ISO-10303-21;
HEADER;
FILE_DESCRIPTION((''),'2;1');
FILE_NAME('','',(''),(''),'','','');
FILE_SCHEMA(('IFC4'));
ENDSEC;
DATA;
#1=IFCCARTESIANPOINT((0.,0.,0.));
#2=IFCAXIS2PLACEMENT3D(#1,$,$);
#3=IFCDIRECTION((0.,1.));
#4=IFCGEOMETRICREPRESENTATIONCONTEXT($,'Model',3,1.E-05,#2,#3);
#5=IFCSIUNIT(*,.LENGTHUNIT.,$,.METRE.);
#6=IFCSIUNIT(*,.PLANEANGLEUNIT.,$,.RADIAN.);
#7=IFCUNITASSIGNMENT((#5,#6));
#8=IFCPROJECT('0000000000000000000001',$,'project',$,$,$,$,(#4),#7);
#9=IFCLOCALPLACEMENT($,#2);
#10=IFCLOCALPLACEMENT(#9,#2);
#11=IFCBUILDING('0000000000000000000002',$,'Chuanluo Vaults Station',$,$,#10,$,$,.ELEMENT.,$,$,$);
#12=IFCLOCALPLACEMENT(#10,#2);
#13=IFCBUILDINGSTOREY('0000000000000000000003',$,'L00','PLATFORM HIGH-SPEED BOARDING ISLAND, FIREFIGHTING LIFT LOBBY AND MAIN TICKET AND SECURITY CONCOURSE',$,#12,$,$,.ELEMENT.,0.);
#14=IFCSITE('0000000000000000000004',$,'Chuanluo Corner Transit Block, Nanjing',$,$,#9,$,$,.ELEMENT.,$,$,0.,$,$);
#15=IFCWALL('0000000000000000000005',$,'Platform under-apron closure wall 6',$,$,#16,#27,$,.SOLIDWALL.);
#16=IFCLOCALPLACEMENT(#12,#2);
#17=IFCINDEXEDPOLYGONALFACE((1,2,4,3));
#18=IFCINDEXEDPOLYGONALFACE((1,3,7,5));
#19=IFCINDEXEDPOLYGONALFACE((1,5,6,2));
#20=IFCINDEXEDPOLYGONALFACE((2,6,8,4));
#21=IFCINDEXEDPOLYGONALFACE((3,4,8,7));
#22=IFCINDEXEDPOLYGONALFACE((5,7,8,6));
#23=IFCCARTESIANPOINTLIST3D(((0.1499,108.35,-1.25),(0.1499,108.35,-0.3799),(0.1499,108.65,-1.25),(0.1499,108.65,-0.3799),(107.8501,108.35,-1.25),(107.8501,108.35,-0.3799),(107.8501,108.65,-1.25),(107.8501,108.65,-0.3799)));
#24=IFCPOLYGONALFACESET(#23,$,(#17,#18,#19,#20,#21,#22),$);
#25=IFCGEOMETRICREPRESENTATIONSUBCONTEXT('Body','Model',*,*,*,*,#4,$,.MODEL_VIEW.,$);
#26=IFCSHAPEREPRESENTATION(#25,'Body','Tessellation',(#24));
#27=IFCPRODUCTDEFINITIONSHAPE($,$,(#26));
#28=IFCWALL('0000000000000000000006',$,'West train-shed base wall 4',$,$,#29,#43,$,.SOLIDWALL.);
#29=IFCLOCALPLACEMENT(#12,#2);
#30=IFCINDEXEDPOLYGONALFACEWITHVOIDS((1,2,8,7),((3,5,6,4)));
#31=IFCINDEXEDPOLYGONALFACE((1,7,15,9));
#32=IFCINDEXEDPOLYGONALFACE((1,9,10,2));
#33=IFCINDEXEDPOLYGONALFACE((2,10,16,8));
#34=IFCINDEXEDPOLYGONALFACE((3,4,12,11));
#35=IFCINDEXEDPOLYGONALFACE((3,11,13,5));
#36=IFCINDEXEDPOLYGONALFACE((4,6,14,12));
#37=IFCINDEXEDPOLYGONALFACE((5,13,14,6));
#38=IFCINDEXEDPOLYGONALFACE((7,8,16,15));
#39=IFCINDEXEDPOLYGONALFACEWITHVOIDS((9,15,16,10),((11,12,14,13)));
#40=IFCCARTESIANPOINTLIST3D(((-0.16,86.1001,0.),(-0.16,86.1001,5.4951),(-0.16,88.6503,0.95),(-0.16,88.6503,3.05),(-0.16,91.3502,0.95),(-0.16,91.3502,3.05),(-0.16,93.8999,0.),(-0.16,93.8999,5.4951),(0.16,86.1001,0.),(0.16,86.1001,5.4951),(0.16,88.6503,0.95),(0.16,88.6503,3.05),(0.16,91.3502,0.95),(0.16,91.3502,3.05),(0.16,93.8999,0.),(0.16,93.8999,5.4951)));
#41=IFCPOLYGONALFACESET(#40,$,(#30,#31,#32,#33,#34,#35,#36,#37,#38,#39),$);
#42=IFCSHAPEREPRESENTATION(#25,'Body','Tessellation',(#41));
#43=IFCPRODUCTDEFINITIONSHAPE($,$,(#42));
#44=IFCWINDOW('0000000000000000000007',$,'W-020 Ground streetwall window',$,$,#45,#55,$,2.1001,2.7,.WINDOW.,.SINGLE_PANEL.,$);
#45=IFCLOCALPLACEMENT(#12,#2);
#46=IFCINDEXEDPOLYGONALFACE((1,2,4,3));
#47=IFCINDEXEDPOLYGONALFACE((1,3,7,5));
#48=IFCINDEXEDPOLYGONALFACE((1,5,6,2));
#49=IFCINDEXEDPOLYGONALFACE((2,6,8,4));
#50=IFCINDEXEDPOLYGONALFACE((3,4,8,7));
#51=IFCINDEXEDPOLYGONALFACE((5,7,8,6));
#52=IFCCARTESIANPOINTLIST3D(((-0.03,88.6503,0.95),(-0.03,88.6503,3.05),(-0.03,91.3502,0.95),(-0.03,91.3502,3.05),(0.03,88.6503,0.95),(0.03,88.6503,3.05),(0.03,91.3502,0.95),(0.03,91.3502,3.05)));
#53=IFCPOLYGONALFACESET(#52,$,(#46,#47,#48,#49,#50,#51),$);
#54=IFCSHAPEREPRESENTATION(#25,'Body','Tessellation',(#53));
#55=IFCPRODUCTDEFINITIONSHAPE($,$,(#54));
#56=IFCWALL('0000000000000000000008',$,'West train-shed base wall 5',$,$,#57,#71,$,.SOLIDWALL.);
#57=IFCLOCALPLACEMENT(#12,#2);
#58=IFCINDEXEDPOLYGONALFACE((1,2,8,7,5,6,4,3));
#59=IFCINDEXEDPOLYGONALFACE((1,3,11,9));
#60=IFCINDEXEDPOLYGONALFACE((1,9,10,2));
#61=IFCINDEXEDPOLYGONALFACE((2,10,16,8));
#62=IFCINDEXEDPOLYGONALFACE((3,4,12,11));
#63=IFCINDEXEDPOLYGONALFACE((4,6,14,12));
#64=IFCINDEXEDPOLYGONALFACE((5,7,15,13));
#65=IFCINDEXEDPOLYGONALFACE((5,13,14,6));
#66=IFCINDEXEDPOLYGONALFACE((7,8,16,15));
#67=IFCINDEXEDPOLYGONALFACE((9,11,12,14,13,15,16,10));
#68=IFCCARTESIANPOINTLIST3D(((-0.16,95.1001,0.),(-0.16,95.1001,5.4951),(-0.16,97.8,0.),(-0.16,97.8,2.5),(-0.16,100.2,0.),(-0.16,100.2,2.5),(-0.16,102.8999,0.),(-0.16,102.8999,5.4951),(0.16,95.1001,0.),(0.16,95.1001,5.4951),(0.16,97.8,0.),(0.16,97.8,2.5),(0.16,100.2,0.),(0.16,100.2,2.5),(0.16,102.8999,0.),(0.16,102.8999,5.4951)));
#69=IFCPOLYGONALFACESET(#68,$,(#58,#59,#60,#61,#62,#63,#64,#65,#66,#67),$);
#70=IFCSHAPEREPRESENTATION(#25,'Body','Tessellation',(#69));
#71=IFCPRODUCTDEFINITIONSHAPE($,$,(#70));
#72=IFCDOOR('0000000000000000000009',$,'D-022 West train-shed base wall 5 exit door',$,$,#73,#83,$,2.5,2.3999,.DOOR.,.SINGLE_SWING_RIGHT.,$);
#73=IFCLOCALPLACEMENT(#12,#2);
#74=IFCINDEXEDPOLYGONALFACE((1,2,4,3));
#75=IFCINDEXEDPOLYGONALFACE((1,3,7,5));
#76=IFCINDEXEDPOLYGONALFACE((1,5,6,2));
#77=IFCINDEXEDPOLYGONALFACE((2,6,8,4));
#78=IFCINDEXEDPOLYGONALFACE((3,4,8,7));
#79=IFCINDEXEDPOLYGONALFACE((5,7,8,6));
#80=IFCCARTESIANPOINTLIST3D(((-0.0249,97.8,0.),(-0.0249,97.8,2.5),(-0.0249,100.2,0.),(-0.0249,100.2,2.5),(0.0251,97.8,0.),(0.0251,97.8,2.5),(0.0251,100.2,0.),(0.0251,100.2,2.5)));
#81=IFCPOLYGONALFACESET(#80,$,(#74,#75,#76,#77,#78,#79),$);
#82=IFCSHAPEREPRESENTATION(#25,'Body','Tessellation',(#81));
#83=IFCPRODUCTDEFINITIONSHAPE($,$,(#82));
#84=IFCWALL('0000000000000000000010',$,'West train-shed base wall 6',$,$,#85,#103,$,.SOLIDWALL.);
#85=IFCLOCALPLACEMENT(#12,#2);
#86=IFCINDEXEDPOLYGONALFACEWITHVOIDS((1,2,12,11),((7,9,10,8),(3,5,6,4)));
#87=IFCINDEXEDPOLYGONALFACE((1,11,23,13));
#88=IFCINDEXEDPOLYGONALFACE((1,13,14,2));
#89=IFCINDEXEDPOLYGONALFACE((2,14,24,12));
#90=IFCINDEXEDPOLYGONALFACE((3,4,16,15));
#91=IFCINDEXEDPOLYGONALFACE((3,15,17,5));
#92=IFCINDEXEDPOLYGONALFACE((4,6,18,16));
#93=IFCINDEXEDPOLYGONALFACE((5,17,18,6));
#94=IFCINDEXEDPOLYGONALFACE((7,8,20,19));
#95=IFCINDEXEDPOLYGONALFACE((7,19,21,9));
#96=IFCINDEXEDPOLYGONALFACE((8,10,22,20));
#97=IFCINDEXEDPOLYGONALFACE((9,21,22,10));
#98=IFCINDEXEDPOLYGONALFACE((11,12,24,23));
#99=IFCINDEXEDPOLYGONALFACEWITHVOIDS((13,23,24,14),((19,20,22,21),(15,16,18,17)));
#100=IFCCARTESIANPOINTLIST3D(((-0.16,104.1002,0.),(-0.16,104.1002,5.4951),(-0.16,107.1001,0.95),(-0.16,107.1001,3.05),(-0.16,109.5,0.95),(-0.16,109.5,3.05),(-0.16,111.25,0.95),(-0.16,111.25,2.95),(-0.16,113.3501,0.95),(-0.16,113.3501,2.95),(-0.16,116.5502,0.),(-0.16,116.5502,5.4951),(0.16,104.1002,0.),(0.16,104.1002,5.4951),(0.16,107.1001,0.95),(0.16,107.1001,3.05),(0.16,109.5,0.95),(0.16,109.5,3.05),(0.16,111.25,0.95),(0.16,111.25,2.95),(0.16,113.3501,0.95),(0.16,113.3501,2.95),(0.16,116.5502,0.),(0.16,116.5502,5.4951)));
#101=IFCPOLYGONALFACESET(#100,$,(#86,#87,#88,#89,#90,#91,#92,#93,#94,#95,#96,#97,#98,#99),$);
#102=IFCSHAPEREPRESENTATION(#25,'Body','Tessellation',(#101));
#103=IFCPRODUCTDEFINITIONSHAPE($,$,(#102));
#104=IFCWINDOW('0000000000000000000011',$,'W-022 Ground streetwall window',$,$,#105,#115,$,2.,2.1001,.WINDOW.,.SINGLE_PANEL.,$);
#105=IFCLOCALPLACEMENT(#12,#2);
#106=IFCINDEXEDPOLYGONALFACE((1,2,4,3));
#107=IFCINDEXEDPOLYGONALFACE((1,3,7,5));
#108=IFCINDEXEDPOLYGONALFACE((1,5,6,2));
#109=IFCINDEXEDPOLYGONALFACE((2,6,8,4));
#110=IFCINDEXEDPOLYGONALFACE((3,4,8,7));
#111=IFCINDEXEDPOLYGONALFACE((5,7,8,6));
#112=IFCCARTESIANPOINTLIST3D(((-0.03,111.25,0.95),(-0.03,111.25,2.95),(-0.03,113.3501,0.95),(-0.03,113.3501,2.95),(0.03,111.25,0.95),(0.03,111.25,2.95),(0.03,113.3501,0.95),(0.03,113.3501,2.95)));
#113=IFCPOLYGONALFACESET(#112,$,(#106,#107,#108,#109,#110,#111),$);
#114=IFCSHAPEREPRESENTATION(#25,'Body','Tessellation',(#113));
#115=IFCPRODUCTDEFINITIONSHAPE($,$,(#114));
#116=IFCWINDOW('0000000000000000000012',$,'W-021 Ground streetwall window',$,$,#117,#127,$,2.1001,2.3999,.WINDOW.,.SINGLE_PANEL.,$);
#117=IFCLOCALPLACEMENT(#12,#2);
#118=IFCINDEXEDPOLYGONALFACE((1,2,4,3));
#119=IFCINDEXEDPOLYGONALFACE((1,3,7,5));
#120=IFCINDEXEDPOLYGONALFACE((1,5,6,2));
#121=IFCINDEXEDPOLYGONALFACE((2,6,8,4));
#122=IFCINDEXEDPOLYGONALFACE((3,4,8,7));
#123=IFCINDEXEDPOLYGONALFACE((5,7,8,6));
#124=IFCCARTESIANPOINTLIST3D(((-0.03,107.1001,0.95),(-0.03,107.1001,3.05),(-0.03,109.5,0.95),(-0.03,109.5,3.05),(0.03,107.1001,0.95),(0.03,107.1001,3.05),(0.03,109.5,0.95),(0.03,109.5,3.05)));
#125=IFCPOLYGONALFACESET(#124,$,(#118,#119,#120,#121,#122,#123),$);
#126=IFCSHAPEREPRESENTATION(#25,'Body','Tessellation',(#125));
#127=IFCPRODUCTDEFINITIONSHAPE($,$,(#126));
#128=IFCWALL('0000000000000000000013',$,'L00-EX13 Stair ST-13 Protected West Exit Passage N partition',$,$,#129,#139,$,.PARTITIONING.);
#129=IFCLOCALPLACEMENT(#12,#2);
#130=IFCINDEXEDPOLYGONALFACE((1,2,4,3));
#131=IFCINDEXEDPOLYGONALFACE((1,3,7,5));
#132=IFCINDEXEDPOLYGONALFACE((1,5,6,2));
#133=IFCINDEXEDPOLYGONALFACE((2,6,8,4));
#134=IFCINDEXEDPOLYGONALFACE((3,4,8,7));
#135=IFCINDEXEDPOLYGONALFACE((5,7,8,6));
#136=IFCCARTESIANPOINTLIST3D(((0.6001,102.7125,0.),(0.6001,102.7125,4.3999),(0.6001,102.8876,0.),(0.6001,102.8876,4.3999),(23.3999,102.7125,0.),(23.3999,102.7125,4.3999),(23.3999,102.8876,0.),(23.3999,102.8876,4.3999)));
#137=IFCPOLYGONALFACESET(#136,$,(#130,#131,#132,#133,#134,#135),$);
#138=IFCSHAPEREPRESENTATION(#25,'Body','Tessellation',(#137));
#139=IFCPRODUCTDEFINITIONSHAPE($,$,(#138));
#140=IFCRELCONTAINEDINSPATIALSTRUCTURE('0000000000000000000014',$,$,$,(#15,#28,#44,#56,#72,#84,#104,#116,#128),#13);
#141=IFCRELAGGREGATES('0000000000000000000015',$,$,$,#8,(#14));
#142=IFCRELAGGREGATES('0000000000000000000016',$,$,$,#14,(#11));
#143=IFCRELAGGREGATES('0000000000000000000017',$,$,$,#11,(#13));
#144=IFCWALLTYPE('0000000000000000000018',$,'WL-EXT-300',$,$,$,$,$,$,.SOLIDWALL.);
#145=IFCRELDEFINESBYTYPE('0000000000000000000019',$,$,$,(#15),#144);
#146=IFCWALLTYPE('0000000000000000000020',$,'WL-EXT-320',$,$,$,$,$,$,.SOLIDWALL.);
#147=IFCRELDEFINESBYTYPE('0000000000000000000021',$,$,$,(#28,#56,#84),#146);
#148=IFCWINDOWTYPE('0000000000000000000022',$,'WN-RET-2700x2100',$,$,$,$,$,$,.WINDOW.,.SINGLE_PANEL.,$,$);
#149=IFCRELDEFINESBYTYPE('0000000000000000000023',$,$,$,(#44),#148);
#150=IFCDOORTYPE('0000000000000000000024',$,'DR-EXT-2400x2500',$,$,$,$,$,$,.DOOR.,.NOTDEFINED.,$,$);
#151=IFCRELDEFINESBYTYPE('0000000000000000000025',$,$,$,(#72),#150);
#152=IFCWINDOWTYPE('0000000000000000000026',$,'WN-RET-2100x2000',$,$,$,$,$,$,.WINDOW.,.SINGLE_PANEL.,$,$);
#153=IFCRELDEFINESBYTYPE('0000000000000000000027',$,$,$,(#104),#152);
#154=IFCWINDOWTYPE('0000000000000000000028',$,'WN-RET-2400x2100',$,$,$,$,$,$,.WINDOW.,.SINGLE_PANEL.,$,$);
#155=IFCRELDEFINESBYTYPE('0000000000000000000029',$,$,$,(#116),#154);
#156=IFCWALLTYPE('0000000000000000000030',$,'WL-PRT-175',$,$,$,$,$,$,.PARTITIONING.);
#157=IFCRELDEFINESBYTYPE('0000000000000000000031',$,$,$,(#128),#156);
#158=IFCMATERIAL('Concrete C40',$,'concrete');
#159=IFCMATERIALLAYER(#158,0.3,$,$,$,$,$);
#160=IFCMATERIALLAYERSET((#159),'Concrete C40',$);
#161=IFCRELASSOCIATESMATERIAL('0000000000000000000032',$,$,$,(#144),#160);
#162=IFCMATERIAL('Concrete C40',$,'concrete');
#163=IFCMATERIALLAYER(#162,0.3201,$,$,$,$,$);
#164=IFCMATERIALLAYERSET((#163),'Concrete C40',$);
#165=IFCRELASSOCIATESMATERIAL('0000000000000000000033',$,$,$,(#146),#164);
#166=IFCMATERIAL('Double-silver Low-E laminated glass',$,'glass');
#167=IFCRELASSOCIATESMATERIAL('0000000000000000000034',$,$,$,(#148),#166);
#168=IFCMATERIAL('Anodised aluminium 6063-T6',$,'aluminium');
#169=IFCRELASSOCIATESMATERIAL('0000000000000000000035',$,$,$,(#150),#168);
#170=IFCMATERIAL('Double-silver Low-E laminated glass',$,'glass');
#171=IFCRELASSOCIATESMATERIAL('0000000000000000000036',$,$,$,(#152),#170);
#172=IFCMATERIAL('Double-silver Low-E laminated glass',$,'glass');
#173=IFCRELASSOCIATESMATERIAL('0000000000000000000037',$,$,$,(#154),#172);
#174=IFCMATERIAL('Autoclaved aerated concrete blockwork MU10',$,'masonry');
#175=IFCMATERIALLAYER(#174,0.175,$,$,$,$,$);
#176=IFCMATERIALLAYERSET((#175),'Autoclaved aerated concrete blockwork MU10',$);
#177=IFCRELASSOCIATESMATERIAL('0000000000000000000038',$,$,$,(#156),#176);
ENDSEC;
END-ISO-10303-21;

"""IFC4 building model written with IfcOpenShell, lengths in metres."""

from ifc_helpers import new_model, si_unit, direction, frame, frame_2d, origin, place, context, subcontext, project, spatial, rectangle, extrude, material, layer, layer_set, type_object, element, fill, save


model = new_model("IFC4")

# Units and contexts
model_context = context("Model", 3, precision=1e-05, world=origin(), true_north=direction((0.0, 1.0)))
body_context = subcontext(model_context, "Body", "Model", "MODEL_VIEW")
ifc_project = project(units=[si_unit("LENGTHUNIT", "METRE"), si_unit("PLANEANGLEUNIT", "RADIAN")], contexts=[model_context])

# Site, building, storey
site_placement = place(None, origin())
site = spatial("IfcSite", under=ifc_project, at=site_placement, Name="Chuanluo Corner Transit Block, Nanjing", CompositionType="ELEMENT", RefElevation=0.0)
building_placement = place(site_placement, origin())
building = spatial("IfcBuilding", under=site, at=building_placement, Name="Chuanluo Vaults Station", CompositionType="ELEMENT")
storey_placement = place(building_placement, origin())
storey = spatial("IfcBuildingStorey", under=building, at=storey_placement, Name="L00", Description="PLATFORM HIGH-SPEED BOARDING ISLAND, FIREFIGHTING LIFT LOBBY AND MAIN TICKET AND SECURITY CONCOURSE", CompositionType="ELEMENT", Elevation=0.0)

# Wall
ifc_material_1 = material(Name="Concrete C40", Category="concrete")
ifc_layer_1 = layer(ifc_material_1, 0.3)
ifc_layer_set_1 = layer_set([ifc_layer_1], Name="Concrete C40")
wall_type_1 = type_object("IfcWallType", Name="WL-EXT-300", PredefinedType="SOLIDWALL", material=ifc_layer_set_1)
for number, where, z_axis, x_axis, name in (
    (1, (0.1499, 108.5, -1.25), (0.0, 0.0, 1.0), (1.0, 0.0, 0.0), "Platform under-apron closure wall 6"),
):
    element("IfcWall", number, at=place(storey_placement, frame(where, z_axis=z_axis, x_axis=x_axis)), inside=storey, type_object=wall_type_1, Name=name, PredefinedType="SOLIDWALL", context=body_context, shape_type="SweptSolid", body=[
        extrude(rectangle(XDim=107.7002, YDim=0.3, at=frame_2d((53.8501, 0.0))), origin(), (0.0, 0.0, 1.0), 0.8701),
    ])

# Wall, opening, window
ifc_material_2 = material(Name="Concrete C40", Category="concrete")
ifc_layer_2 = layer(ifc_material_2, 0.3201)
ifc_layer_set_2 = layer_set([ifc_layer_2], Name="Concrete C40")
wall_type_2 = type_object("IfcWallType", Name="WL-EXT-320", PredefinedType="SOLIDWALL", material=ifc_layer_set_2)
wall_1_placement = place(storey_placement, frame((0.0, 86.1001, 0.0), z_axis=(0.0, 0.0, 1.0), x_axis=(0.0, 1.0, 0.0)))
wall_1 = element("IfcWall", 2, at=wall_1_placement, inside=storey, type_object=wall_type_2, Name="West train-shed base wall 4", PredefinedType="SOLIDWALL", context=body_context, shape_type="SweptSolid", body=[
    extrude(rectangle(XDim=7.7998, YDim=0.3201, at=frame_2d((3.8999, 0.0))), origin(), (0.0, 0.0, 1.0), 5.4951),
])
opening_1_placement = place(wall_1_placement, frame((2.55, 0.0, 0.95)))
opening_1 = element("IfcOpeningElement", 3, at=opening_1_placement, cuts=wall_1, PredefinedType="OPENING", context=body_context, shape_type="SweptSolid", body=[
    extrude(rectangle(XDim=2.7, YDim=2.1001, at=frame_2d((1.3501, 1.05))), frame((0.0, 0.1702, 0.0), z_axis=(0.0, -1.0, 0.0), x_axis=(1.0, 0.0, 0.0)), (0.0, 0.0, 1.0), 0.3401),
])
ifc_material_3 = material(Name="Double-silver Low-E laminated glass", Category="glass")
window_type_1 = type_object("IfcWindowType", Name="WN-RET-2700x2100", PartitioningType="SINGLE_PANEL", PredefinedType="WINDOW", material=ifc_material_3)
window_1_placement = place(opening_1_placement, origin())
window_1 = element("IfcWindow", 4, at=window_1_placement, inside=storey, type_object=window_type_1, Name="W-020 Ground streetwall window", OverallHeight=2.1001, OverallWidth=2.7, PartitioningType="SINGLE_PANEL", PredefinedType="WINDOW", context=body_context, shape_type="SweptSolid", body=[
    extrude(rectangle(XDim=2.7, YDim=2.1001, at=frame_2d((1.3501, 1.05))), frame((0.0, 0.03, 0.0), z_axis=(0.0, -1.0, 0.0), x_axis=(1.0, 0.0, 0.0)), (0.0, 0.0, 1.0), 0.0601),
])
fill(opening_1, window_1)

# Wall, opening, door
wall_2_placement = place(storey_placement, frame((0.0, 95.1001, 0.0), z_axis=(0.0, 0.0, 1.0), x_axis=(0.0, 1.0, 0.0)))
wall_2 = element("IfcWall", 5, at=wall_2_placement, inside=storey, type_object=wall_type_2, Name="West train-shed base wall 5", PredefinedType="SOLIDWALL", context=body_context, shape_type="SweptSolid", body=[
    extrude(rectangle(XDim=7.7998, YDim=0.3201, at=frame_2d((3.8999, 0.0))), origin(), (0.0, 0.0, 1.0), 5.4951),
])
opening_2_placement = place(wall_2_placement, frame((2.7, 0.0, 0.0)))
opening_2 = element("IfcOpeningElement", 6, at=opening_2_placement, cuts=wall_2, PredefinedType="OPENING", context=body_context, shape_type="SweptSolid", body=[
    extrude(rectangle(XDim=2.3999, YDim=2.5, at=frame_2d((1.2, 1.25))), frame((0.0, 0.1702, 0.0), z_axis=(0.0, -1.0, 0.0), x_axis=(1.0, 0.0, 0.0)), (0.0, 0.0, 1.0), 0.3401),
])
ifc_material_4 = material(Name="Anodised aluminium 6063-T6", Category="aluminium")
door_type = type_object("IfcDoorType", Name="DR-EXT-2400x2500", OperationType="NOTDEFINED", PredefinedType="DOOR", material=ifc_material_4)
door_placement = place(opening_2_placement, origin())
door = element("IfcDoor", 7, at=door_placement, inside=storey, type_object=door_type, Name="D-022 West train-shed base wall 5 exit door", OperationType="SINGLE_SWING_RIGHT", OverallHeight=2.5, OverallWidth=2.3999, PredefinedType="DOOR", context=body_context, shape_type="SweptSolid", body=[
    extrude(rectangle(XDim=2.3999, YDim=2.5, at=frame_2d((1.2, 1.25))), frame((0.0, 0.0249, 0.0), z_axis=(0.0, -1.0, 0.0), x_axis=(1.0, 0.0, 0.0)), (0.0, 0.0, 1.0), 0.05),
])
fill(opening_2, door)

# Wall, openings, windows
wall_3_placement = place(storey_placement, frame((0.0, 104.1001, 0.0), z_axis=(0.0, 0.0, 1.0), x_axis=(0.0, 1.0, 0.0)))
wall_3 = element("IfcWall", 8, at=wall_3_placement, inside=storey, type_object=wall_type_2, Name="West train-shed base wall 6", PredefinedType="SOLIDWALL", context=body_context, shape_type="SweptSolid", body=[
    extrude(rectangle(XDim=12.45, YDim=0.3201, at=frame_2d((6.2251, 0.0))), origin(), (0.0, 0.0, 1.0), 5.4951),
])
opening_3_placement = place(wall_3_placement, frame((3.0, 0.0, 0.95)))
opening_3 = element("IfcOpeningElement", 9, at=opening_3_placement, cuts=wall_3, PredefinedType="OPENING", context=body_context, shape_type="SweptSolid", body=[
    extrude(rectangle(XDim=2.3999, YDim=2.1001, at=frame_2d((1.2, 1.05))), frame((0.0, 0.1702, 0.0), z_axis=(0.0, -1.0, 0.0), x_axis=(1.0, 0.0, 0.0)), (0.0, 0.0, 1.0), 0.3401),
])
opening_4_placement = place(wall_3_placement, frame((7.1499, 0.0, 0.95)))
opening_4 = element("IfcOpeningElement", 10, at=opening_4_placement, cuts=wall_3, PredefinedType="OPENING", context=body_context, shape_type="SweptSolid", body=[
    extrude(rectangle(XDim=2.1001, YDim=2.0, at=frame_2d((1.05, 1.0))), frame((0.0, 0.1702, 0.0), z_axis=(0.0, -1.0, 0.0), x_axis=(1.0, 0.0, 0.0)), (0.0, 0.0, 1.0), 0.3401),
])
ifc_material_5 = material(Name="Double-silver Low-E laminated glass", Category="glass")
window_type_2 = type_object("IfcWindowType", Name="WN-RET-2100x2000", PartitioningType="SINGLE_PANEL", PredefinedType="WINDOW", material=ifc_material_5)
window_2_placement = place(opening_4_placement, origin())
window_2 = element("IfcWindow", 11, at=window_2_placement, inside=storey, type_object=window_type_2, Name="W-022 Ground streetwall window", OverallHeight=2.0, OverallWidth=2.1001, PartitioningType="SINGLE_PANEL", PredefinedType="WINDOW", context=body_context, shape_type="SweptSolid", body=[
    extrude(rectangle(XDim=2.1001, YDim=2.0, at=frame_2d((1.05, 1.0))), frame((0.0, 0.03, 0.0), z_axis=(0.0, -1.0, 0.0), x_axis=(1.0, 0.0, 0.0)), (0.0, 0.0, 1.0), 0.0601),
])
fill(opening_4, window_2)
ifc_material_6 = material(Name="Double-silver Low-E laminated glass", Category="glass")
window_type_3 = type_object("IfcWindowType", Name="WN-RET-2400x2100", PartitioningType="SINGLE_PANEL", PredefinedType="WINDOW", material=ifc_material_6)
window_3_placement = place(opening_3_placement, origin())
window_3 = element("IfcWindow", 12, at=window_3_placement, inside=storey, type_object=window_type_3, Name="W-021 Ground streetwall window", OverallHeight=2.1001, OverallWidth=2.3999, PartitioningType="SINGLE_PANEL", PredefinedType="WINDOW", context=body_context, shape_type="SweptSolid", body=[
    extrude(rectangle(XDim=2.3999, YDim=2.1001, at=frame_2d((1.2, 1.05))), frame((0.0, 0.03, 0.0), z_axis=(0.0, -1.0, 0.0), x_axis=(1.0, 0.0, 0.0)), (0.0, 0.0, 1.0), 0.0601),
])
fill(opening_3, window_3)

# Wall
ifc_material_7 = material(Name="Autoclaved aerated concrete blockwork MU10", Category="masonry")
ifc_layer_3 = layer(ifc_material_7, 0.175)
ifc_layer_set_3 = layer_set([ifc_layer_3], Name="Autoclaved aerated concrete blockwork MU10")
wall_type_3 = type_object("IfcWallType", Name="WL-PRT-175", PredefinedType="PARTITIONING", material=ifc_layer_set_3)
wall_4_placement = place(storey_placement, frame((0.6001, 102.8, 0.0), z_axis=(0.0, 0.0, 1.0), x_axis=(1.0, 0.0, 0.0)))
element("IfcWall", 13, at=wall_4_placement, inside=storey, type_object=wall_type_3, Name="L00-EX13 Stair ST-13 Protected West Exit Passage N partition", PredefinedType="PARTITIONING", context=body_context, shape_type="SweptSolid", body=[
    extrude(rectangle(XDim=22.7998, YDim=0.175, at=frame_2d((11.3999, 0.0))), origin(), (0.0, 0.0, 1.0), 4.3999),
])

save(model, "model.ifc")
